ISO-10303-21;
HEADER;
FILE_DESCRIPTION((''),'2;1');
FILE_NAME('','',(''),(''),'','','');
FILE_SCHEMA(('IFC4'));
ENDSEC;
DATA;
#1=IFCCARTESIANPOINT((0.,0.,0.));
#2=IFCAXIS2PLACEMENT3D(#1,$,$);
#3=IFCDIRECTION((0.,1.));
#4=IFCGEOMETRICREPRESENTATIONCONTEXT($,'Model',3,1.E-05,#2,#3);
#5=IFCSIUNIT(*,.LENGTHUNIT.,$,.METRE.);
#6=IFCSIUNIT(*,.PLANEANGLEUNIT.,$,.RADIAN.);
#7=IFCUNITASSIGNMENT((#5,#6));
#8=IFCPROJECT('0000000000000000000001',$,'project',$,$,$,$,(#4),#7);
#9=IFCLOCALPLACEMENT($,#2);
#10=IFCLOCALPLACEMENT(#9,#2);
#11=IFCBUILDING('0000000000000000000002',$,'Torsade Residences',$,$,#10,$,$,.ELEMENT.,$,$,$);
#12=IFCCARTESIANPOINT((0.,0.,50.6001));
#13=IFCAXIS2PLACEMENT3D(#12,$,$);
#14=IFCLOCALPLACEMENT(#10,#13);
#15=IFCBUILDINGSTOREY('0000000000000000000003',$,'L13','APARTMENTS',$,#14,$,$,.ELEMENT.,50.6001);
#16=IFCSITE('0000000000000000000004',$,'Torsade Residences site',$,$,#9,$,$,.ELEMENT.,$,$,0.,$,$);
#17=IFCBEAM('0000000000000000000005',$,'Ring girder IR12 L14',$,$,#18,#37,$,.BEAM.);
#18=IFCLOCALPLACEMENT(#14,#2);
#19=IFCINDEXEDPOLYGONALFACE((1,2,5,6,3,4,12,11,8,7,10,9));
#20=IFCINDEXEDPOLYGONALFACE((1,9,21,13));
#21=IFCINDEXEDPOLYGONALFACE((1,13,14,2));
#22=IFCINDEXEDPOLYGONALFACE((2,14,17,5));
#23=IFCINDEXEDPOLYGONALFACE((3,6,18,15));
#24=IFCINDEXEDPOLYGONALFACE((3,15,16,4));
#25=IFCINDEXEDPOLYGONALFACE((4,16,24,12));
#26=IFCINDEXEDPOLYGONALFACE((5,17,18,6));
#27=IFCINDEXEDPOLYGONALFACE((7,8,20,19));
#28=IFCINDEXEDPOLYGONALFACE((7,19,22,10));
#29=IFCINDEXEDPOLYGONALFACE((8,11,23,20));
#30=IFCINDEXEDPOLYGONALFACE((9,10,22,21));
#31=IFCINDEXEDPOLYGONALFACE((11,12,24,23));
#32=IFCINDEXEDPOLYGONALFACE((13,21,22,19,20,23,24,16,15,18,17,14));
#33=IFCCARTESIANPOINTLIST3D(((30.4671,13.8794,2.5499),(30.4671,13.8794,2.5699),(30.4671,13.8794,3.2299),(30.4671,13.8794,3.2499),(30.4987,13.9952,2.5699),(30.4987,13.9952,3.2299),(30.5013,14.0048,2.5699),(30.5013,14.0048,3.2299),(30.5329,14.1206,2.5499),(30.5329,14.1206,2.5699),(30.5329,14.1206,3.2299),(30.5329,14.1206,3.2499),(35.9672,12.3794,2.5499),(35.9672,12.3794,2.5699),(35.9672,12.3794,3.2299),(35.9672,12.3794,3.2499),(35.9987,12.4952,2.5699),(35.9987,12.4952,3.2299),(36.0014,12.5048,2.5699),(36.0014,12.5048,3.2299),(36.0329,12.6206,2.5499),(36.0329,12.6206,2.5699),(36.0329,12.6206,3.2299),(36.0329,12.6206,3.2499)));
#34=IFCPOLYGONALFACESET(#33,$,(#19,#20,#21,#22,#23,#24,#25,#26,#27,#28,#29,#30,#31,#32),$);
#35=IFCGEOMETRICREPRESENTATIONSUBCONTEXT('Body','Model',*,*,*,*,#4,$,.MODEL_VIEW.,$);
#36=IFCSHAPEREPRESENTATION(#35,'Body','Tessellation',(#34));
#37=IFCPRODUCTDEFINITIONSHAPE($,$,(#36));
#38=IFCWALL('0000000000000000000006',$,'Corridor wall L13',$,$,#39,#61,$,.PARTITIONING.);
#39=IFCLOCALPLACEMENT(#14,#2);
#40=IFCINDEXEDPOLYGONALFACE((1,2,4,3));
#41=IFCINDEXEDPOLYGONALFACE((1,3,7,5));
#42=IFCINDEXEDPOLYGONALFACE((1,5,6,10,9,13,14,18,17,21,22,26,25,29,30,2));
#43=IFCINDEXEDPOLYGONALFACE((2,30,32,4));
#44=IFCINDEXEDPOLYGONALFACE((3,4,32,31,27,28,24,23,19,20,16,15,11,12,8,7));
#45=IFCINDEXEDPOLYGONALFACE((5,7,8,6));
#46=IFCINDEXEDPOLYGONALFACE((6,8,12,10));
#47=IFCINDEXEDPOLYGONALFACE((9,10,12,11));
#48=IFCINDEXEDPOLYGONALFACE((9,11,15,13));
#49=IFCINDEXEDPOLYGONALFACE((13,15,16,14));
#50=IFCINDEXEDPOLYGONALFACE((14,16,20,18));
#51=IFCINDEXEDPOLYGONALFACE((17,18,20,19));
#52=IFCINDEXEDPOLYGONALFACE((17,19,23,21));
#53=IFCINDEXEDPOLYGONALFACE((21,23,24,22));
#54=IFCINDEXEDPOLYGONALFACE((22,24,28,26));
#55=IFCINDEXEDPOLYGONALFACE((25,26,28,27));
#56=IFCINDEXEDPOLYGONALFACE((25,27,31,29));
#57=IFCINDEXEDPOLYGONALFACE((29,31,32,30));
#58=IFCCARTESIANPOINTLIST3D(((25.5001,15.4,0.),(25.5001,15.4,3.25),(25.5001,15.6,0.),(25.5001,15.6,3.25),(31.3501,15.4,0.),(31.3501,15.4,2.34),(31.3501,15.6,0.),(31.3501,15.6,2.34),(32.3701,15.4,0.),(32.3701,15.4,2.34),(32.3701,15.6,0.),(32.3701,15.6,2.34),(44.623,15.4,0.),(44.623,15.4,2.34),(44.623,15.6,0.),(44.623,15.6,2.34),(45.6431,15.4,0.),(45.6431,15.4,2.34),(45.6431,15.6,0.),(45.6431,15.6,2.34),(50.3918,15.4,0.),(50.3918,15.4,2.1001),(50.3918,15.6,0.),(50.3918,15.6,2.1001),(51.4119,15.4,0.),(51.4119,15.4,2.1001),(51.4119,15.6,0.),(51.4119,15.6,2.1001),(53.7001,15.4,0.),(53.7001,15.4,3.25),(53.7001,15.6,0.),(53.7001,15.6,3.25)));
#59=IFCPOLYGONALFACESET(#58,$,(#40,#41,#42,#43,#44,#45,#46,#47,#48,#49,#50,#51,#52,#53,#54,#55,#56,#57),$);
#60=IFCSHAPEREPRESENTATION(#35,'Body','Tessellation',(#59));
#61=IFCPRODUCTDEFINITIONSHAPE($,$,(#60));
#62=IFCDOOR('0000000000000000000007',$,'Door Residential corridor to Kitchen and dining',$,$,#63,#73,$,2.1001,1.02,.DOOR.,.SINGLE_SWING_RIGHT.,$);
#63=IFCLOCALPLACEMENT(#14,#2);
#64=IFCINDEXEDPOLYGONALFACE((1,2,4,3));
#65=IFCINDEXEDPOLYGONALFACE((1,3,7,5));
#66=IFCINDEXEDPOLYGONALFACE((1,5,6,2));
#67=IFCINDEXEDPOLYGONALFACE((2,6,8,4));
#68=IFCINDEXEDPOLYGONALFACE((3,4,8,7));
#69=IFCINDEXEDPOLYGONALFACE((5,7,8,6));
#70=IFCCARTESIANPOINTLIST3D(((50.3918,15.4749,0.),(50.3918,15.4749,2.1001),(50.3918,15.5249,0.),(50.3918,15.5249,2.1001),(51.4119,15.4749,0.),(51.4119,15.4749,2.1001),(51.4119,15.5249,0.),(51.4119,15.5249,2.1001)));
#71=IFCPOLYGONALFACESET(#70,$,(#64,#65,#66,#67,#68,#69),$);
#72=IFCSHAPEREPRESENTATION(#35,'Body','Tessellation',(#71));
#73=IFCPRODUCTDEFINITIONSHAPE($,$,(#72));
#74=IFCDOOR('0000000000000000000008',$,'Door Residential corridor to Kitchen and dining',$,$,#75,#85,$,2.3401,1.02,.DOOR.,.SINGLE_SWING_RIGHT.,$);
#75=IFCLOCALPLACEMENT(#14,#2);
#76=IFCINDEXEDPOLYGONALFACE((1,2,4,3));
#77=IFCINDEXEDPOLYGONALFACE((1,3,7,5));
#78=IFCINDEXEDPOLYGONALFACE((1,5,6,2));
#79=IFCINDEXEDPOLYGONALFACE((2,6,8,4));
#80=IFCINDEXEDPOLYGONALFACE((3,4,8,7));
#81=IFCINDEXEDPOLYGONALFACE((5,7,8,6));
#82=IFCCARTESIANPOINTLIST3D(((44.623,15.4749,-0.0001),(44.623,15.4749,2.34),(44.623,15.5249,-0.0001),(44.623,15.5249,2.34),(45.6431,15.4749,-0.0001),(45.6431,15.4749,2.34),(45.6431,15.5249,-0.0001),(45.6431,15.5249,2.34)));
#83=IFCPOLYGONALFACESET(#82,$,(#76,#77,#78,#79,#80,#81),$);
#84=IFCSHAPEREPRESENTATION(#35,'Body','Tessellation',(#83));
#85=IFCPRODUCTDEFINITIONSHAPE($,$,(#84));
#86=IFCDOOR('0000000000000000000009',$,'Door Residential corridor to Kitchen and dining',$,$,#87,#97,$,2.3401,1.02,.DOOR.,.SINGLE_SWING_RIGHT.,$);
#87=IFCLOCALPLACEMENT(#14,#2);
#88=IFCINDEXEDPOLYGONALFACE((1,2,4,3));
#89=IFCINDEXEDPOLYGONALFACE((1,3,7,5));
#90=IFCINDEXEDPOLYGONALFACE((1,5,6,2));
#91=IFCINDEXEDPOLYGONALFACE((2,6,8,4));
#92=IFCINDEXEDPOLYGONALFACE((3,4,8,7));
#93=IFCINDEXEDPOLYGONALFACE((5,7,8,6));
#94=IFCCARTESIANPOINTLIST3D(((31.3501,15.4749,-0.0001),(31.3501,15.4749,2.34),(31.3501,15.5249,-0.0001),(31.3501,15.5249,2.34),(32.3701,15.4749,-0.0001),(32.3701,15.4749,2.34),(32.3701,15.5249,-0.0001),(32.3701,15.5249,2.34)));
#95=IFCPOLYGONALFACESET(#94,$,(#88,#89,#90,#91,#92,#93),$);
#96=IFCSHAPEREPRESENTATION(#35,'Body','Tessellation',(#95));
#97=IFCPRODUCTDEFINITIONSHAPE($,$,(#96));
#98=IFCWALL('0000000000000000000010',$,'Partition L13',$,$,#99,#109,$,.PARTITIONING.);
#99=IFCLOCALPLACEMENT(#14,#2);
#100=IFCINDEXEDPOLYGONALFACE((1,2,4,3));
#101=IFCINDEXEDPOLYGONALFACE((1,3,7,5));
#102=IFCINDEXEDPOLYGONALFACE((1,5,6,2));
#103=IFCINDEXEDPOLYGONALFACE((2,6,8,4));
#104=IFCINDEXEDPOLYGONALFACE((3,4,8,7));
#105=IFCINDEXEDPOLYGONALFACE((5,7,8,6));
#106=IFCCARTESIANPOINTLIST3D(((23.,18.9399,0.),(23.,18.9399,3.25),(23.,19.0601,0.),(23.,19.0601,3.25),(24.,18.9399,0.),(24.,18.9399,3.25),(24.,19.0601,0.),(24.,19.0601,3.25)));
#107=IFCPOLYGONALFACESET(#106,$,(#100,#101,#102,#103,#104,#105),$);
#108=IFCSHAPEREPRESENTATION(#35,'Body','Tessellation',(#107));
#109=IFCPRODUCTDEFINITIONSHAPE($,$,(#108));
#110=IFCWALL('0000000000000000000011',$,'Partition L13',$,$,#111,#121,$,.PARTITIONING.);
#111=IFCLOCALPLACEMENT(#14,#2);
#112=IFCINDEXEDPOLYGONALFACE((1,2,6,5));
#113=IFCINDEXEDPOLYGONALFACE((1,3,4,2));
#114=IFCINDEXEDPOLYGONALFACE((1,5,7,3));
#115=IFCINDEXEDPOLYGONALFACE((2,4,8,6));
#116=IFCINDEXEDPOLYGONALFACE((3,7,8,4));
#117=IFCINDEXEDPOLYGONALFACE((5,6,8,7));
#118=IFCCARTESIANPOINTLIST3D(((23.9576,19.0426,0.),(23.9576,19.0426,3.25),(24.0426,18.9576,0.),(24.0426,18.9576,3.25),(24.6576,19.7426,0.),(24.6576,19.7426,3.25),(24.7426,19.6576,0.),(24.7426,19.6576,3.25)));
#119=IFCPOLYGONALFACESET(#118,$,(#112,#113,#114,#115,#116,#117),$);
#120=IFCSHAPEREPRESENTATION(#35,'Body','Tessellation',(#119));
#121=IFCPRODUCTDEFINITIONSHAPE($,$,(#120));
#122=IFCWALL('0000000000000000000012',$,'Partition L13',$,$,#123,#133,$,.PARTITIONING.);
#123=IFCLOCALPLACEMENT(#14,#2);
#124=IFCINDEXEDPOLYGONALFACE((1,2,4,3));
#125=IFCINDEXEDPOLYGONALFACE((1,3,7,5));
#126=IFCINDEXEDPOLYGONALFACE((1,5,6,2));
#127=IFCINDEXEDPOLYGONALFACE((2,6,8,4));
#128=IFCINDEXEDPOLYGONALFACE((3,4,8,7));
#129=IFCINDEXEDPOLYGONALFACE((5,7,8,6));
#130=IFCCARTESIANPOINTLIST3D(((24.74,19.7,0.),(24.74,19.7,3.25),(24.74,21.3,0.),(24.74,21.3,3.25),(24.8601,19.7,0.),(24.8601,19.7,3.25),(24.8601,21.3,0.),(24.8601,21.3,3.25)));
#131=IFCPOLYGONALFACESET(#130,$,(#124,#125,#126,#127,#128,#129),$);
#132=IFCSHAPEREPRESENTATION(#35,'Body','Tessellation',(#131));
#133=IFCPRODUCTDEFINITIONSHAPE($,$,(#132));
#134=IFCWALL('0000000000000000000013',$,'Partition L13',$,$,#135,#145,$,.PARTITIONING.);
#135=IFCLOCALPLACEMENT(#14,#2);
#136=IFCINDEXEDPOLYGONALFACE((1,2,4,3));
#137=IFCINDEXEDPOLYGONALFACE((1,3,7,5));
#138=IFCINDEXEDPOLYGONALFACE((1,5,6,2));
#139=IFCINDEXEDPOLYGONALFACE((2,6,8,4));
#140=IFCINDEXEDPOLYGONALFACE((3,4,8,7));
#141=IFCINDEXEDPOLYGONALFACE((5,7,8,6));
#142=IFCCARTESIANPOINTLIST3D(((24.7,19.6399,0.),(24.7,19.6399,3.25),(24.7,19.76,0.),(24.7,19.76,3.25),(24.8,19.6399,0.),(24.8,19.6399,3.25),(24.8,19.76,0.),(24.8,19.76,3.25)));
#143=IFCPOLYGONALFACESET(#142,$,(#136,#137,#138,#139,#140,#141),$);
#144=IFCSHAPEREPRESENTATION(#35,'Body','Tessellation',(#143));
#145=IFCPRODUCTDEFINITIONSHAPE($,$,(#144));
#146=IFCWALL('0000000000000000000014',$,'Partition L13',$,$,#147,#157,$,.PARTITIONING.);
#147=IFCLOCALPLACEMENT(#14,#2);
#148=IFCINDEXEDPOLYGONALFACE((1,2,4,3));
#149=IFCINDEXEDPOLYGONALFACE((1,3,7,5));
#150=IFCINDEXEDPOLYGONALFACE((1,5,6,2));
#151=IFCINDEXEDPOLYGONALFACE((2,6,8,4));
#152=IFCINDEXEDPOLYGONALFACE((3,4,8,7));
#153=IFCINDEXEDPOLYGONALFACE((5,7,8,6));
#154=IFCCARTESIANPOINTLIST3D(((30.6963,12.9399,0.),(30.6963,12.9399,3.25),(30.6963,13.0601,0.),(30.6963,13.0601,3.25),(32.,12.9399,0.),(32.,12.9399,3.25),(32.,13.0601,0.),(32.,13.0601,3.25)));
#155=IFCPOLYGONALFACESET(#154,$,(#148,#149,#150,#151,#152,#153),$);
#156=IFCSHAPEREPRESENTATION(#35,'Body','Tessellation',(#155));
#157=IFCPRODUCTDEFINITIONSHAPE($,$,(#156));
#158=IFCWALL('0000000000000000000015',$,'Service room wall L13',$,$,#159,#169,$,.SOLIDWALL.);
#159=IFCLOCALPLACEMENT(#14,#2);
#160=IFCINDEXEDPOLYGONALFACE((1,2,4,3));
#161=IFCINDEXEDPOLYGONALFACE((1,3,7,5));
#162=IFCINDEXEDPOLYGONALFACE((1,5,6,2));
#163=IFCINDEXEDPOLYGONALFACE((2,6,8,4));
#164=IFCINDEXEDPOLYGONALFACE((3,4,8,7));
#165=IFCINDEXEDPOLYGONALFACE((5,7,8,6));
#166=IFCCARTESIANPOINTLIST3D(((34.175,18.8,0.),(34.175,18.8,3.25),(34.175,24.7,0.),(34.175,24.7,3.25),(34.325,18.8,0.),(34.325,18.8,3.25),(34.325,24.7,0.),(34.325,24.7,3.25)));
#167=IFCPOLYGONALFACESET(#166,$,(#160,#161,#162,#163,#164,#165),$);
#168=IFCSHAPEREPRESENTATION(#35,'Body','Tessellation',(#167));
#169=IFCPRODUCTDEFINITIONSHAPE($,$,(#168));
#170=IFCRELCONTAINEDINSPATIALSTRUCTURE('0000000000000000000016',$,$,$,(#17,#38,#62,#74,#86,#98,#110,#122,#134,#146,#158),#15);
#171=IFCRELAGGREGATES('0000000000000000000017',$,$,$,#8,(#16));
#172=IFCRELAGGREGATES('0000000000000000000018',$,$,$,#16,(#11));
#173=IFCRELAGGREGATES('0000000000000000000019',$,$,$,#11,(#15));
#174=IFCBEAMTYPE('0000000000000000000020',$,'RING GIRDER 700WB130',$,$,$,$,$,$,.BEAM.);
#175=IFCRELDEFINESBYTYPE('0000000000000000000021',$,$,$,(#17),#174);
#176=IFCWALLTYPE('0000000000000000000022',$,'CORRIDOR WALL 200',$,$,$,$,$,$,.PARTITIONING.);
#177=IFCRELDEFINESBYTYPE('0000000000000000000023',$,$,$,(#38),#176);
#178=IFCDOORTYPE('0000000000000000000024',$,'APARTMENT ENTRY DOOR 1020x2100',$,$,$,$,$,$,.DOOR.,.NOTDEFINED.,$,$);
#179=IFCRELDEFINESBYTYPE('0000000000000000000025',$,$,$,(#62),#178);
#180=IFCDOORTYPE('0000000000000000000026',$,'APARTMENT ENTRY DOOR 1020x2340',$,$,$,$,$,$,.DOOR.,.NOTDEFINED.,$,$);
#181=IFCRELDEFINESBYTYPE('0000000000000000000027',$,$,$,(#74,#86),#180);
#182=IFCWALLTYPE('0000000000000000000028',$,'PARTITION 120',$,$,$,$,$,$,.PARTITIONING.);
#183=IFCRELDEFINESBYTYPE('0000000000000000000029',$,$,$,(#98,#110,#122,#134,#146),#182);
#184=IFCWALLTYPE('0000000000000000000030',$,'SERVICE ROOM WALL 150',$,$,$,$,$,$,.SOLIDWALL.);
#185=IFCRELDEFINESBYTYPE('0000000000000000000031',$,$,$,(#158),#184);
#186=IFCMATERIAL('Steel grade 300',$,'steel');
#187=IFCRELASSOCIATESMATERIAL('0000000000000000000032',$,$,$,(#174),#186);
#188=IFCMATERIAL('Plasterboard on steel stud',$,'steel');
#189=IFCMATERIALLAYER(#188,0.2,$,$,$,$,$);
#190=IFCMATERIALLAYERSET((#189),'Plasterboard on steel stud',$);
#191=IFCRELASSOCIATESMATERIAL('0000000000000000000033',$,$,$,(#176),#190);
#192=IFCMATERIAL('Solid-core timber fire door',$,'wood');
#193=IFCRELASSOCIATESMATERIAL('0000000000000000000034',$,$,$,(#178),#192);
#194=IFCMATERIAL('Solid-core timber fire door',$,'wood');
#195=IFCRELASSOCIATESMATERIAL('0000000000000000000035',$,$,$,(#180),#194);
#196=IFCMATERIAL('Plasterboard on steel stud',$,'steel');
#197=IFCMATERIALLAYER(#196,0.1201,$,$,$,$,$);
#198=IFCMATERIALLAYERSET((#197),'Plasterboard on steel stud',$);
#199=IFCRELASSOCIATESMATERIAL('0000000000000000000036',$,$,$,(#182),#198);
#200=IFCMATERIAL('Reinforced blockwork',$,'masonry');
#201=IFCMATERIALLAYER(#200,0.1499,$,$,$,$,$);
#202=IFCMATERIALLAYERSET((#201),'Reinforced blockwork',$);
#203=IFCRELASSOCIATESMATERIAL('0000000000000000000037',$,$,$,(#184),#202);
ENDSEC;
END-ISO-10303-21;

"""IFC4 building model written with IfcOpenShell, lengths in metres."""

from ifc_helpers import new_model, si_unit, direction, frame, frame_2d, origin, origin_2d, place, context, subcontext, project, spatial, rectangle, i_section, extrude, material, layer, layer_set, material_profile, profile_set, type_object, element, fill, save


model = new_model("IFC4")

# Units and contexts
model_context = context("Model", 3, precision=1e-05, world=origin(), true_north=direction((0.0, 1.0)))
body_context = subcontext(model_context, "Body", "Model", "MODEL_VIEW")
ifc_project = project(units=[si_unit("LENGTHUNIT", "METRE"), si_unit("PLANEANGLEUNIT", "RADIAN")], contexts=[model_context])

# Site, building, storey
site_placement = place(None, origin())
site = spatial("IfcSite", under=ifc_project, at=site_placement, Name="Torsade Residences site", CompositionType="ELEMENT", RefElevation=0.0)
building_placement = place(site_placement, origin())
building = spatial("IfcBuilding", under=site, at=building_placement, Name="Torsade Residences", CompositionType="ELEMENT")
storey_placement = place(building_placement, frame((0.0, 0.0, 50.6001)))
storey = spatial("IfcBuildingStorey", under=building, at=storey_placement, Name="L13", Description="APARTMENTS", CompositionType="ELEMENT", Elevation=50.6001)

# Beam
ifc_material_1 = material(Name="Steel grade 300", Category="steel")
ifc_material_profile_1 = material_profile(ifc_material_1, i_section(OverallWidth=0.25, OverallDepth=0.7, WebThickness=0.01, FlangeThickness=0.02, at=origin_2d()), Name="700WB130")
ifc_profile_set_1 = profile_set([ifc_material_profile_1], Name="Steel grade 300")
beam_type_1 = type_object("IfcBeamType", Name="RING GIRDER 700WB130", PredefinedType="BEAM", material=ifc_profile_set_1)
beam_1_placement = place(storey_placement, frame((30.5, 14.0, 2.8999), z_axis=(0.964764, -0.263117, 0.0), x_axis=(0.263117, 0.964764, 0.0)))
element("IfcBeam", 1, at=beam_1_placement, inside=storey, type_object=beam_type_1, Name="Ring girder IR12 L14", PredefinedType="BEAM", context=body_context, shape_type="SweptSolid", body=[
    extrude(i_section(OverallWidth=0.25, OverallDepth=0.7, WebThickness=0.01, FlangeThickness=0.02, at=origin_2d()), origin(), (0.0, 0.0, 1.0), 5.7009),
])

# Wall, openings, doors
ifc_material_2 = material(Name="Plasterboard on steel stud", Category="steel")
ifc_layer_1 = layer(ifc_material_2, 0.2)
ifc_layer_set_1 = layer_set([ifc_layer_1], Name="Plasterboard on steel stud")
wall_type_1 = type_object("IfcWallType", Name="CORRIDOR WALL 200", PredefinedType="PARTITIONING", material=ifc_layer_set_1)
wall_1_placement = place(storey_placement, frame((25.5, 15.5, 0.0), z_axis=(0.0, 0.0, 1.0), x_axis=(1.0, 0.0, 0.0)))
wall_1 = element("IfcWall", 2, at=wall_1_placement, inside=storey, type_object=wall_type_1, Name="Corridor wall L13", PredefinedType="PARTITIONING", context=body_context, shape_type="SweptSolid", body=[
    extrude(rectangle(XDim=28.2, YDim=0.2, at=frame_2d((14.1001, 0.0))), origin(), (0.0, 0.0, 1.0), 3.25),
])
opening_1_placement = place(wall_1_placement, frame((19.123, 0.0, 0.0)))
opening_1 = element("IfcOpeningElement", 3, at=opening_1_placement, cuts=wall_1, PredefinedType="OPENING", context=body_context, shape_type="SweptSolid", body=[
    extrude(rectangle(XDim=1.02, YDim=2.3401, at=frame_2d((0.51, 1.1699))), frame((0.0, 0.1099, 0.0), z_axis=(0.0, -1.0, 0.0), x_axis=(1.0, 0.0, 0.0)), (0.0, 0.0, 1.0), 0.22),
])
opening_2_placement = place(wall_1_placement, frame((5.8501, 0.0, 0.0)))
opening_2 = element("IfcOpeningElement", 4, at=opening_2_placement, cuts=wall_1, PredefinedType="OPENING", context=body_context, shape_type="SweptSolid", body=[
    extrude(rectangle(XDim=1.02, YDim=2.3401, at=frame_2d((0.51, 1.1699))), frame((0.0, 0.1099, 0.0), z_axis=(0.0, -1.0, 0.0), x_axis=(1.0, 0.0, 0.0)), (0.0, 0.0, 1.0), 0.22),
])
opening_3_placement = place(wall_1_placement, frame((24.8918, 0.0, 0.0)))
opening_3 = element("IfcOpeningElement", 5, at=opening_3_placement, cuts=wall_1, PredefinedType="OPENING", context=body_context, shape_type="SweptSolid", body=[
    extrude(rectangle(XDim=1.02, YDim=2.1001, at=frame_2d((0.51, 1.05))), frame((0.0, 0.1099, 0.0), z_axis=(0.0, -1.0, 0.0), x_axis=(1.0, 0.0, 0.0)), (0.0, 0.0, 1.0), 0.22),
])
ifc_material_3 = material(Name="Solid-core timber fire door", Category="wood")
door_type_1 = type_object("IfcDoorType", Name="APARTMENT ENTRY DOOR 1020x2100", OperationType="NOTDEFINED", PredefinedType="DOOR", material=ifc_material_3)
door_1_placement = place(opening_3_placement, origin())
door_1 = element("IfcDoor", 6, at=door_1_placement, inside=storey, type_object=door_type_1, Name="Door Residential corridor to Kitchen and dining", OperationType="SINGLE_SWING_RIGHT", OverallHeight=2.1001, OverallWidth=1.02, PredefinedType="DOOR", context=body_context, shape_type="SweptSolid", body=[
    extrude(rectangle(XDim=1.02, YDim=2.1001, at=frame_2d((0.51, 1.05))), frame((0.0, 0.0249, 0.0), z_axis=(0.0, -1.0, 0.0), x_axis=(1.0, 0.0, 0.0)), (0.0, 0.0, 1.0), 0.05),
])
fill(opening_3, door_1)
ifc_material_4 = material(Name="Solid-core timber fire door", Category="wood")
door_type_2 = type_object("IfcDoorType", Name="APARTMENT ENTRY DOOR 1020x2340", OperationType="NOTDEFINED", PredefinedType="DOOR", material=ifc_material_4)
door_2_placement = place(opening_1_placement, origin())
door_2 = element("IfcDoor", 7, at=door_2_placement, inside=storey, type_object=door_type_2, Name="Door Residential corridor to Kitchen and dining", OperationType="SINGLE_SWING_RIGHT", OverallHeight=2.3401, OverallWidth=1.02, PredefinedType="DOOR", context=body_context, shape_type="SweptSolid", body=[
    extrude(rectangle(XDim=1.02, YDim=2.3401, at=frame_2d((0.51, 1.1699))), frame((0.0, 0.0249, 0.0), z_axis=(0.0, -1.0, 0.0), x_axis=(1.0, 0.0, 0.0)), (0.0, 0.0, 1.0), 0.05),
])
fill(opening_1, door_2)
door_3_placement = place(opening_2_placement, origin())
door_3 = element("IfcDoor", 8, at=door_3_placement, inside=storey, type_object=door_type_2, Name="Door Residential corridor to Kitchen and dining", OperationType="SINGLE_SWING_RIGHT", OverallHeight=2.3401, OverallWidth=1.02, PredefinedType="DOOR", context=body_context, shape_type="SweptSolid", body=[
    extrude(rectangle(XDim=1.02, YDim=2.3401, at=frame_2d((0.51, 1.1699))), frame((0.0, 0.0249, 0.0), z_axis=(0.0, -1.0, 0.0), x_axis=(1.0, 0.0, 0.0)), (0.0, 0.0, 1.0), 0.05),
])
fill(opening_2, door_3)

# Walls
ifc_material_5 = material(Name="Plasterboard on steel stud", Category="steel")
ifc_layer_2 = layer(ifc_material_5, 0.1201)
ifc_layer_set_2 = layer_set([ifc_layer_2], Name="Plasterboard on steel stud")
wall_type_2 = type_object("IfcWallType", Name="PARTITION 120", PredefinedType="PARTITIONING", material=ifc_layer_set_2)
wall_2_placement = place(storey_placement, frame((23.0, 19.0, 0.0), z_axis=(0.0, 0.0, 1.0), x_axis=(1.0, 0.0, 0.0)))
element("IfcWall", 9, at=wall_2_placement, inside=storey, type_object=wall_type_2, Name="Partition L13", PredefinedType="PARTITIONING", context=body_context, shape_type="SweptSolid", body=[
    extrude(rectangle(XDim=1.0, YDim=0.1201, at=frame_2d((0.5, 0.0))), origin(), (0.0, 0.0, 1.0), 3.25),
])
wall_3_placement = place(storey_placement, frame((24.0, 19.0, 0.0), z_axis=(0.0, 0.0, 1.0), x_axis=(0.707107, 0.707107, 0.0)))
element("IfcWall", 10, at=wall_3_placement, inside=storey, type_object=wall_type_2, Name="Partition L13", PredefinedType="PARTITIONING", context=body_context, shape_type="SweptSolid", body=[
    extrude(rectangle(XDim=0.99, YDim=0.1201, at=frame_2d((0.4951, 0.0))), origin(), (0.0, 0.0, 1.0), 3.25),
])
wall_4_placement = place(storey_placement, frame((24.8, 19.7, 0.0), z_axis=(0.0, 0.0, 1.0), x_axis=(0.0, 1.0, 0.0)))
element("IfcWall", 11, at=wall_4_placement, inside=storey, type_object=wall_type_2, Name="Partition L13", PredefinedType="PARTITIONING", context=body_context, shape_type="SweptSolid", body=[
    extrude(rectangle(XDim=1.6001, YDim=0.1201, at=frame_2d((0.8, 0.0))), origin(), (0.0, 0.0, 1.0), 3.25),
])
wall_5_placement = place(storey_placement, frame((24.8, 19.7, 0.0), z_axis=(0.0, 0.0, 1.0), x_axis=(-1.0, 0.0, 0.0)))
element("IfcWall", 12, at=wall_5_placement, inside=storey, type_object=wall_type_2, Name="Partition L13", PredefinedType="PARTITIONING", context=body_context, shape_type="SweptSolid", body=[
    extrude(rectangle(XDim=0.1001, YDim=0.1201, at=frame_2d((0.05, 0.0))), origin(), (0.0, 0.0, 1.0), 3.25),
])
wall_6_placement = place(storey_placement, frame((32.0, 13.0, 0.0), z_axis=(0.0, 0.0, 1.0), x_axis=(-1.0, 0.0, 0.0)))
element("IfcWall", 13, at=wall_6_placement, inside=storey, type_object=wall_type_2, Name="Partition L13", PredefinedType="PARTITIONING", context=body_context, shape_type="SweptSolid", body=[
    extrude(rectangle(XDim=1.3037, YDim=0.1201, at=frame_2d((0.6519, 0.0))), origin(), (0.0, 0.0, 1.0), 3.25),
])
ifc_material_6 = material(Name="Reinforced blockwork", Category="masonry")
ifc_layer_3 = layer(ifc_material_6, 0.1499)
ifc_layer_set_3 = layer_set([ifc_layer_3], Name="Reinforced blockwork")
wall_type_3 = type_object("IfcWallType", Name="SERVICE ROOM WALL 150", PredefinedType="SOLIDWALL", material=ifc_layer_set_3)
wall_7_placement = place(storey_placement, frame((34.25, 18.8, 0.0), z_axis=(0.0, 0.0, 1.0), x_axis=(0.0, 1.0, 0.0)))
element("IfcWall", 14, at=wall_7_placement, inside=storey, type_object=wall_type_3, Name="Service room wall L13", PredefinedType="SOLIDWALL", context=body_context, shape_type="SweptSolid", body=[
    extrude(rectangle(XDim=5.8999, YDim=0.1499, at=frame_2d((2.95, 0.0))), origin(), (0.0, 0.0, 1.0), 3.25),
])

save(model, "model.ifc")
